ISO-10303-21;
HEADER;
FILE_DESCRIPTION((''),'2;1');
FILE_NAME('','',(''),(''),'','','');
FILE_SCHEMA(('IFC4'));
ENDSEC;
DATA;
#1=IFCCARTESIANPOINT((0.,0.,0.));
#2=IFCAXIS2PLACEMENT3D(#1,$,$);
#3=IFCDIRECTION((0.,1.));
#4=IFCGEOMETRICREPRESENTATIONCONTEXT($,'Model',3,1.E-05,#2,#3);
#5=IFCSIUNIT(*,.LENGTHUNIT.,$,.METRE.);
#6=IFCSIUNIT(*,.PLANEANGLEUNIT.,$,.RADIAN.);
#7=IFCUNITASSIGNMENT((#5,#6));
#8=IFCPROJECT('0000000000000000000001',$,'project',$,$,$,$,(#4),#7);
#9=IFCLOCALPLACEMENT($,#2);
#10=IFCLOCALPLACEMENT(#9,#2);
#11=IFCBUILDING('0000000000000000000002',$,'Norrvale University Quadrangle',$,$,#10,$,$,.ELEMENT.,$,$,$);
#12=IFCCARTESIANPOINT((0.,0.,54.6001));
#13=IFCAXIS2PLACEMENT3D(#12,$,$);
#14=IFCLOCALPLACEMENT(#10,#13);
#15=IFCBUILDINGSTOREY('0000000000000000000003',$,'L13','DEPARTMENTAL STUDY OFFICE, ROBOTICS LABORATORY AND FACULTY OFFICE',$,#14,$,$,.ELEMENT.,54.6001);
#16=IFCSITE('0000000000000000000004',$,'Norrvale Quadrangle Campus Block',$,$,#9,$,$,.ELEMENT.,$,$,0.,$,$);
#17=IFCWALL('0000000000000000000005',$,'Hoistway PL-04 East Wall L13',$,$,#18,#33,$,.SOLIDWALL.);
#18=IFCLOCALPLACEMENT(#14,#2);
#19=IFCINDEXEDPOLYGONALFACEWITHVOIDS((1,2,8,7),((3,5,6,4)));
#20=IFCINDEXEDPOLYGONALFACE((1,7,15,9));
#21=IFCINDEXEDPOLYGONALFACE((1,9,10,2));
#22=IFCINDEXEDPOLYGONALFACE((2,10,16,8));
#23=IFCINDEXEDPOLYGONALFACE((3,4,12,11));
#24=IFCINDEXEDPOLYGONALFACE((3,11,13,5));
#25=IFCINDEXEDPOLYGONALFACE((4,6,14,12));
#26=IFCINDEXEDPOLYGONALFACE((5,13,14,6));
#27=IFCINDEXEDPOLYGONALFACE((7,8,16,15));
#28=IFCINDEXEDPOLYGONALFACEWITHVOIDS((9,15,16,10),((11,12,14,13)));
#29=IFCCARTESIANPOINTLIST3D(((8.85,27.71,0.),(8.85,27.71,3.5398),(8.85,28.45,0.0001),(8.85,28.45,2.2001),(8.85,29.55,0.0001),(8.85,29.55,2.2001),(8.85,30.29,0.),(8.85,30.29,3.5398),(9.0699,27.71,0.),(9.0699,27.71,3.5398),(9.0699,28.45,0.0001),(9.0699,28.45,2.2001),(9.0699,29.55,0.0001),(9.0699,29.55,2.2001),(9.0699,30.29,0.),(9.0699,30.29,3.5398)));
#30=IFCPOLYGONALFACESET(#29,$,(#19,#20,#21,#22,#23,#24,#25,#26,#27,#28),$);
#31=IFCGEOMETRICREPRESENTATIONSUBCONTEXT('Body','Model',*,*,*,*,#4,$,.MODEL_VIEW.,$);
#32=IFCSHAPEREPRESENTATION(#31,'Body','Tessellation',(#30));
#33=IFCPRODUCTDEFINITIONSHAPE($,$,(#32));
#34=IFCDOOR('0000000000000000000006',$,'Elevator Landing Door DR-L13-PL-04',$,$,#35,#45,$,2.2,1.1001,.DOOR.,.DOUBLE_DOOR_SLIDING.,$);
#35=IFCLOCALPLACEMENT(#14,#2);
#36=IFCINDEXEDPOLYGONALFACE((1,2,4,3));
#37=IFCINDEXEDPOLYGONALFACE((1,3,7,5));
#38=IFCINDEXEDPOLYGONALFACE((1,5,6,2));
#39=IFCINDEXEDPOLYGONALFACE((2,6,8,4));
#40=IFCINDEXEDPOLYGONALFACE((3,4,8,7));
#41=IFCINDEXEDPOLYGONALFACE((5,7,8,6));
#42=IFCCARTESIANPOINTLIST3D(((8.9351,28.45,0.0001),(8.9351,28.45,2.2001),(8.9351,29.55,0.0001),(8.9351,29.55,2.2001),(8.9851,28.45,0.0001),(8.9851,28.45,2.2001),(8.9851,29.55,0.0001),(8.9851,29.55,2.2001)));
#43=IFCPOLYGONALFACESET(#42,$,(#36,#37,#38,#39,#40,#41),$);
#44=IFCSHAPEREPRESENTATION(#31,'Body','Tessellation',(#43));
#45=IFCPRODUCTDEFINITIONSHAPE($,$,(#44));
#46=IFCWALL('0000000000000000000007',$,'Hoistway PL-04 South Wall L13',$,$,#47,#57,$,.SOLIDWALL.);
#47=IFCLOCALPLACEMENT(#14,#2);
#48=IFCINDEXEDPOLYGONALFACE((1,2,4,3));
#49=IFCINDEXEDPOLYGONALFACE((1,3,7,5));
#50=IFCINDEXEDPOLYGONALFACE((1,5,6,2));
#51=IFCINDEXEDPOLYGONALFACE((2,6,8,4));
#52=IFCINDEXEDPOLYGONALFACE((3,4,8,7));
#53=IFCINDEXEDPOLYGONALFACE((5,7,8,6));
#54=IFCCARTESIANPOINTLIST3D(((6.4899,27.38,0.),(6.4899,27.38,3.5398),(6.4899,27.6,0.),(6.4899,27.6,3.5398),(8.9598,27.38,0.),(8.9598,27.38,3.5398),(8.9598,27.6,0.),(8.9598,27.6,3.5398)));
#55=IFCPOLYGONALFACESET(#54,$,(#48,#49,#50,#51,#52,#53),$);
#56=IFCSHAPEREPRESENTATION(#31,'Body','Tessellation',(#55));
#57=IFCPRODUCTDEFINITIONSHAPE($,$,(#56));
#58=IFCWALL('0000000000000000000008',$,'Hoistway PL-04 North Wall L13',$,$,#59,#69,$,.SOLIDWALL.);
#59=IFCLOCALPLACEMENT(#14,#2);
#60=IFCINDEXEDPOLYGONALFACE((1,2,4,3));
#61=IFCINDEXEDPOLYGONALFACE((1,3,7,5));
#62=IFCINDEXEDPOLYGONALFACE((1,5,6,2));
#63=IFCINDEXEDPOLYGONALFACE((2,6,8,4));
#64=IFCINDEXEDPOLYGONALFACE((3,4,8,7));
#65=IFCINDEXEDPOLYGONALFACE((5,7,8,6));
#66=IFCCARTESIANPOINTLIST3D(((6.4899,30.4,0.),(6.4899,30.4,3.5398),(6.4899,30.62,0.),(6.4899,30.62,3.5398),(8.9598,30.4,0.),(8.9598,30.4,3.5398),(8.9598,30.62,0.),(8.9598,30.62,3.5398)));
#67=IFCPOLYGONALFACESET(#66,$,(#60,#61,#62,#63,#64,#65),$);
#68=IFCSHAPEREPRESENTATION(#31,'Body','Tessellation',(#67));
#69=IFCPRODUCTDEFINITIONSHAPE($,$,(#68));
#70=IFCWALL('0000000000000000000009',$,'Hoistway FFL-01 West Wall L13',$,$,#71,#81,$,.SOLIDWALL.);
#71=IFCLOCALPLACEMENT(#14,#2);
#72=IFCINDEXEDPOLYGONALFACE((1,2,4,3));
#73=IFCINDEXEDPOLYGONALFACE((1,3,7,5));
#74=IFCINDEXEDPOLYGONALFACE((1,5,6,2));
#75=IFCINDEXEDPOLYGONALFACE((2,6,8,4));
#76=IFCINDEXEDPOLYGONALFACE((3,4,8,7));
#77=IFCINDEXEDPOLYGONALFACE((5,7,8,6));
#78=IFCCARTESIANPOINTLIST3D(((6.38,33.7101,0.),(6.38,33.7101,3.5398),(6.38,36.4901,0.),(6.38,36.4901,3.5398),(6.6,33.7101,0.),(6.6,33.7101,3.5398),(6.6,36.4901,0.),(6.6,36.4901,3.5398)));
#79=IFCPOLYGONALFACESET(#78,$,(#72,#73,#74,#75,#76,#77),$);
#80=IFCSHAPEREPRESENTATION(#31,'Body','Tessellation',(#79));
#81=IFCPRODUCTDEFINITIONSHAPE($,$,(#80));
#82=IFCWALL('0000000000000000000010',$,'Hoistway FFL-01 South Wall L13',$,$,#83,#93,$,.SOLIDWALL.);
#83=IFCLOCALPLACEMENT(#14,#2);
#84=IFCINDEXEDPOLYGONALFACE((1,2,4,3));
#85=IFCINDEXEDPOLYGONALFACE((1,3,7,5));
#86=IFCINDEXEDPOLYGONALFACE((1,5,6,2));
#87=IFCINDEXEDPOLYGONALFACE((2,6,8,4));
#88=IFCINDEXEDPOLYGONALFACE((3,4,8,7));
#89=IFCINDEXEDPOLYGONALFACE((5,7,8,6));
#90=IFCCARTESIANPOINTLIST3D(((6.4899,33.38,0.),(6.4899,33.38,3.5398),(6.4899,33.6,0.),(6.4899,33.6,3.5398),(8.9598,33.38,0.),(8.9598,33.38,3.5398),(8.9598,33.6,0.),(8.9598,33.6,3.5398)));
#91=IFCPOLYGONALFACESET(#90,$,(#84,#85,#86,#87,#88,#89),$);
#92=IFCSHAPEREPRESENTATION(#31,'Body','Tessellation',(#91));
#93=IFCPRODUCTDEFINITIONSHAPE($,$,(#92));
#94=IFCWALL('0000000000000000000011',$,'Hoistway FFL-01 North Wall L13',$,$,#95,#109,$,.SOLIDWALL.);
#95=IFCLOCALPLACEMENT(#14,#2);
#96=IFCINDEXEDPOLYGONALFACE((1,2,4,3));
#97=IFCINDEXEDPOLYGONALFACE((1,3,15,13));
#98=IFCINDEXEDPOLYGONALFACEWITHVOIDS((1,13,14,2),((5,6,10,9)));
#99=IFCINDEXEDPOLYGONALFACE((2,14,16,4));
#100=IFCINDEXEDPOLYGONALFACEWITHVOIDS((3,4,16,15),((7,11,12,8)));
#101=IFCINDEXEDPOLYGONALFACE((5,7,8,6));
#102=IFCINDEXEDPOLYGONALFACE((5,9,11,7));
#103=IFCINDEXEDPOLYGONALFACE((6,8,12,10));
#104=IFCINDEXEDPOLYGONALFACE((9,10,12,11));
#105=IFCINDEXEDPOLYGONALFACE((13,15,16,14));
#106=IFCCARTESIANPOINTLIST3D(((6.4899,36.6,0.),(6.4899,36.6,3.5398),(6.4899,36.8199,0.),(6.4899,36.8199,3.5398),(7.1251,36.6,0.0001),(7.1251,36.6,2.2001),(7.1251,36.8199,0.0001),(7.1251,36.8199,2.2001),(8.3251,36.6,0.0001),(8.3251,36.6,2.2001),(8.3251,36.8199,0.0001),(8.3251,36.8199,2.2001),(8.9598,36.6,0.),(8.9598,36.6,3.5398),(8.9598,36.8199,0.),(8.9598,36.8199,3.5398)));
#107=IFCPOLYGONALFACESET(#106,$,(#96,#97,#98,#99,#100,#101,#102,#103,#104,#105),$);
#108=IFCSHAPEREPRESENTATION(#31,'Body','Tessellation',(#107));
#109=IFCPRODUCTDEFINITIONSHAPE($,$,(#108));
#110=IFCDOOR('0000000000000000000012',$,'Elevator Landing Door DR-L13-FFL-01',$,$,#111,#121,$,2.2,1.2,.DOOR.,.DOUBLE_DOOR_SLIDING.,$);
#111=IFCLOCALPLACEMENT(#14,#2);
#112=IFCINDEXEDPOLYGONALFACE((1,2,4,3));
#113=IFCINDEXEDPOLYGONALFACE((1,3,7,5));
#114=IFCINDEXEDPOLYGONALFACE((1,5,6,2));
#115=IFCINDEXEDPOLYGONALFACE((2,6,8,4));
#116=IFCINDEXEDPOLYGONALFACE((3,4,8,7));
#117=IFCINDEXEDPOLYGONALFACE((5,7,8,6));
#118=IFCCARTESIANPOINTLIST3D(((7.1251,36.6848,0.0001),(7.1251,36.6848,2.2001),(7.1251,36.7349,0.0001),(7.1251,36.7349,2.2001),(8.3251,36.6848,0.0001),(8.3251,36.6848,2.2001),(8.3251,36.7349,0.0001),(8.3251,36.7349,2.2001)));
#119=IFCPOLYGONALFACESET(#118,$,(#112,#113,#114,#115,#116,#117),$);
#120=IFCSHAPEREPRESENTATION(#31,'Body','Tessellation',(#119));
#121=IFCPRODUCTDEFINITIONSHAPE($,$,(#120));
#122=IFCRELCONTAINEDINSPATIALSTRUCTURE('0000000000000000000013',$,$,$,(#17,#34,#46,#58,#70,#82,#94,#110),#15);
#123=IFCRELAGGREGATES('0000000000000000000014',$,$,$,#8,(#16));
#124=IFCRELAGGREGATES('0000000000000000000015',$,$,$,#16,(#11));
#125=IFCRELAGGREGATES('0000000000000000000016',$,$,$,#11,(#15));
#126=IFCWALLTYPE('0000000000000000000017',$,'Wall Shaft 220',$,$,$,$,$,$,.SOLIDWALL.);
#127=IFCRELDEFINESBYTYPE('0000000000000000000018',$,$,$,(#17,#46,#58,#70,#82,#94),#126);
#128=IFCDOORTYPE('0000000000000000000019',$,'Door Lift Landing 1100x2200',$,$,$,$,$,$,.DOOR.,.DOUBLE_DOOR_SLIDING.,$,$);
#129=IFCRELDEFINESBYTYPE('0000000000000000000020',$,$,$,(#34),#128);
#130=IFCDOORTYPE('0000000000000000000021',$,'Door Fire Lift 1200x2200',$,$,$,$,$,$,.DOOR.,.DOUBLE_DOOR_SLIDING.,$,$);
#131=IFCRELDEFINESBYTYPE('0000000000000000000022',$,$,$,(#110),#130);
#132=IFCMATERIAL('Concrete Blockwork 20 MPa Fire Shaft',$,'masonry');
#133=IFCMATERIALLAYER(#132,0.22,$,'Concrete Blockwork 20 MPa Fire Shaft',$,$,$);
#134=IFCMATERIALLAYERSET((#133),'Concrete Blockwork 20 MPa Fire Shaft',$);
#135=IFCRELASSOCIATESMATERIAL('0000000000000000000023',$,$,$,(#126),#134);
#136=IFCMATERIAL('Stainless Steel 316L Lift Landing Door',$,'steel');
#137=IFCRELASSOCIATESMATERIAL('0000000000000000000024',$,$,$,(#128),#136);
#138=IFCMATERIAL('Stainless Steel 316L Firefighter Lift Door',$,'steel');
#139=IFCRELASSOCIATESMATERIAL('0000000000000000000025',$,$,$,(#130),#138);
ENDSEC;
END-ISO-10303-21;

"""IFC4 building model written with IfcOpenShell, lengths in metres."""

from ifc_helpers import new_model, si_unit, direction, frame, frame_2d, origin, place, context, subcontext, project, spatial, rectangle, extrude, material, layer, layer_set, type_object, element, fill, save


model = new_model("IFC4")

# Units and contexts
model_context = context("Model", 3, precision=1e-05, world=origin(), true_north=direction((0.0, 1.0)))
body_context = subcontext(model_context, "Body", "Model", "MODEL_VIEW")
ifc_project = project(units=[si_unit("LENGTHUNIT", "METRE"), si_unit("PLANEANGLEUNIT", "RADIAN")], contexts=[model_context])

# Site, building, storey
site_placement = place(None, origin())
site = spatial("IfcSite", under=ifc_project, at=site_placement, Name="Norrvale Quadrangle Campus Block", CompositionType="ELEMENT", RefElevation=0.0)
building_placement = place(site_placement, origin())
building = spatial("IfcBuilding", under=site, at=building_placement, Name="Norrvale University Quadrangle", CompositionType="ELEMENT")
storey_placement = place(building_placement, frame((0.0, 0.0, 54.6001)))
storey = spatial("IfcBuildingStorey", under=building, at=storey_placement, Name="L13", Description="DEPARTMENTAL STUDY OFFICE, ROBOTICS LABORATORY AND FACULTY OFFICE", CompositionType="ELEMENT", Elevation=54.6001)

# Shared definitions
ifc_material_1 = material(Name="Concrete Blockwork 20 MPa Fire Shaft", Category="masonry")
ifc_layer_1 = layer(ifc_material_1, 0.22, Name="Concrete Blockwork 20 MPa Fire Shaft")
ifc_layer_set_1 = layer_set([ifc_layer_1], Name="Concrete Blockwork 20 MPa Fire Shaft")
wall_type_1 = type_object("IfcWallType", Name="Wall Shaft 220", PredefinedType="SOLIDWALL", material=ifc_layer_set_1)

# Shared definitions
ifc_material_2 = material(Name="Stainless Steel 316L Lift Landing Door", Category="steel")
door_type_1 = type_object("IfcDoorType", Name="Door Lift Landing 1100x2200", OperationType="DOUBLE_DOOR_SLIDING", PredefinedType="DOOR", material=ifc_material_2)

# Wall, opening, door
wall_1_placement = place(storey_placement, frame((8.96, 27.71, 0.0), z_axis=(0.0, 0.0, 1.0), x_axis=(0.0, 1.0, 0.0)))
wall_1 = element("IfcWall", 1, at=wall_1_placement, inside=storey, type_object=wall_type_1, Name="Hoistway PL-04 East Wall L13", PredefinedType="SOLIDWALL", context=body_context, shape_type="SweptSolid", body=[
    extrude(rectangle(XDim=2.5801, YDim=0.22, at=frame_2d((1.29, 0.0))), origin(), (0.0, 0.0, 1.0), 3.5398),
])
opening_1_placement = place(wall_1_placement, frame((0.74, 0.0, 0.0)))
opening_1 = element("IfcOpeningElement", 2, at=opening_1_placement, cuts=wall_1, PredefinedType="OPENING", context=body_context, shape_type="SweptSolid", body=[
    extrude(rectangle(XDim=1.1001, YDim=2.2, at=frame_2d((0.55, 1.1001))), frame((0.0, 0.1221, 0.0), z_axis=(0.0, -1.0, 0.0), x_axis=(1.0, 0.0, 0.0)), (0.0, 0.0, 1.0), 0.2439),
])
door_1_placement = place(opening_1_placement, origin())
door_1 = element("IfcDoor", 3, at=door_1_placement, inside=storey, type_object=door_type_1, Name="Elevator Landing Door DR-L13-PL-04", OperationType="DOUBLE_DOOR_SLIDING", OverallHeight=2.2, OverallWidth=1.1001, PredefinedType="DOOR", context=body_context, shape_type="SweptSolid", body=[
    extrude(rectangle(XDim=1.1001, YDim=2.2, at=frame_2d((0.55, 1.1001))), frame((0.0, 0.0249, 0.0), z_axis=(0.0, -1.0, 0.0), x_axis=(1.0, 0.0, 0.0)), (0.0, 0.0, 1.0), 0.05),
])
fill(opening_1, door_1)

# Walls
for number, where, z_axis, x_axis, name in (
    (4, (6.49, 27.49, 0.0), (0.0, 0.0, 1.0), (1.0, 0.0, 0.0), "Hoistway PL-04 South Wall L13"),
    (5, (6.49, 30.51, 0.0), (0.0, 0.0, 1.0), (1.0, 0.0, 0.0), "Hoistway PL-04 North Wall L13"),
):
    element("IfcWall", number, at=place(storey_placement, frame(where, z_axis=z_axis, x_axis=x_axis)), inside=storey, type_object=wall_type_1, Name=name, PredefinedType="SOLIDWALL", context=body_context, shape_type="SweptSolid", body=[
        extrude(rectangle(XDim=2.47, YDim=0.22, at=frame_2d((1.2349, 0.0))), origin(), (0.0, 0.0, 1.0), 3.5398),
    ])
wall_2_placement = place(storey_placement, frame((6.49, 33.71, 0.0), z_axis=(0.0, 0.0, 1.0), x_axis=(0.0, 1.0, 0.0)))
element("IfcWall", 6, at=wall_2_placement, inside=storey, type_object=wall_type_1, Name="Hoistway FFL-01 West Wall L13", PredefinedType="SOLIDWALL", context=body_context, shape_type="SweptSolid", body=[
    extrude(rectangle(XDim=2.78, YDim=0.22, at=frame_2d((1.3901, 0.0))), origin(), (0.0, 0.0, 1.0), 3.5398),
])
wall_3_placement = place(storey_placement, frame((6.49, 33.49, 0.0), z_axis=(0.0, 0.0, 1.0), x_axis=(1.0, 0.0, 0.0)))
element("IfcWall", 7, at=wall_3_placement, inside=storey, type_object=wall_type_1, Name="Hoistway FFL-01 South Wall L13", PredefinedType="SOLIDWALL", context=body_context, shape_type="SweptSolid", body=[
    extrude(rectangle(XDim=2.47, YDim=0.22, at=frame_2d((1.2349, 0.0))), origin(), (0.0, 0.0, 1.0), 3.5398),
])

# Wall, opening, door
wall_4_placement = place(storey_placement, frame((6.49, 36.71, 0.0), z_axis=(0.0, 0.0, 1.0), x_axis=(1.0, 0.0, 0.0)))
wall_4 = element("IfcWall", 8, at=wall_4_placement, inside=storey, type_object=wall_type_1, Name="Hoistway FFL-01 North Wall L13", PredefinedType="SOLIDWALL", context=body_context, shape_type="SweptSolid", body=[
    extrude(rectangle(XDim=2.47, YDim=0.22, at=frame_2d((1.2349, 0.0))), origin(), (0.0, 0.0, 1.0), 3.5398),
])
opening_2_placement = place(wall_4_placement, frame((0.635, 0.0, 0.0)))
opening_2 = element("IfcOpeningElement", 9, at=opening_2_placement, cuts=wall_4, PredefinedType="OPENING", context=body_context, shape_type="SweptSolid", body=[
    extrude(rectangle(XDim=1.2, YDim=2.2, at=frame_2d((0.6001, 1.1001))), frame((0.0, 0.1221, 0.0), z_axis=(0.0, -1.0, 0.0), x_axis=(1.0, 0.0, 0.0)), (0.0, 0.0, 1.0), 0.2439),
])
ifc_material_3 = material(Name="Stainless Steel 316L Firefighter Lift Door", Category="steel")
door_type_2 = type_object("IfcDoorType", Name="Door Fire Lift 1200x2200", OperationType="DOUBLE_DOOR_SLIDING", PredefinedType="DOOR", material=ifc_material_3)
door_2_placement = place(opening_2_placement, origin())
door_2 = element("IfcDoor", 10, at=door_2_placement, inside=storey, type_object=door_type_2, Name="Elevator Landing Door DR-L13-FFL-01", OperationType="DOUBLE_DOOR_SLIDING", OverallHeight=2.2, OverallWidth=1.2, PredefinedType="DOOR", context=body_context, shape_type="SweptSolid", body=[
    extrude(rectangle(XDim=1.2, YDim=2.2, at=frame_2d((0.6001, 1.1001))), frame((0.0, 0.0249, 0.0), z_axis=(0.0, -1.0, 0.0), x_axis=(1.0, 0.0, 0.0)), (0.0, 0.0, 1.0), 0.05),
])
fill(opening_2, door_2)

save(model, "model.ifc")
